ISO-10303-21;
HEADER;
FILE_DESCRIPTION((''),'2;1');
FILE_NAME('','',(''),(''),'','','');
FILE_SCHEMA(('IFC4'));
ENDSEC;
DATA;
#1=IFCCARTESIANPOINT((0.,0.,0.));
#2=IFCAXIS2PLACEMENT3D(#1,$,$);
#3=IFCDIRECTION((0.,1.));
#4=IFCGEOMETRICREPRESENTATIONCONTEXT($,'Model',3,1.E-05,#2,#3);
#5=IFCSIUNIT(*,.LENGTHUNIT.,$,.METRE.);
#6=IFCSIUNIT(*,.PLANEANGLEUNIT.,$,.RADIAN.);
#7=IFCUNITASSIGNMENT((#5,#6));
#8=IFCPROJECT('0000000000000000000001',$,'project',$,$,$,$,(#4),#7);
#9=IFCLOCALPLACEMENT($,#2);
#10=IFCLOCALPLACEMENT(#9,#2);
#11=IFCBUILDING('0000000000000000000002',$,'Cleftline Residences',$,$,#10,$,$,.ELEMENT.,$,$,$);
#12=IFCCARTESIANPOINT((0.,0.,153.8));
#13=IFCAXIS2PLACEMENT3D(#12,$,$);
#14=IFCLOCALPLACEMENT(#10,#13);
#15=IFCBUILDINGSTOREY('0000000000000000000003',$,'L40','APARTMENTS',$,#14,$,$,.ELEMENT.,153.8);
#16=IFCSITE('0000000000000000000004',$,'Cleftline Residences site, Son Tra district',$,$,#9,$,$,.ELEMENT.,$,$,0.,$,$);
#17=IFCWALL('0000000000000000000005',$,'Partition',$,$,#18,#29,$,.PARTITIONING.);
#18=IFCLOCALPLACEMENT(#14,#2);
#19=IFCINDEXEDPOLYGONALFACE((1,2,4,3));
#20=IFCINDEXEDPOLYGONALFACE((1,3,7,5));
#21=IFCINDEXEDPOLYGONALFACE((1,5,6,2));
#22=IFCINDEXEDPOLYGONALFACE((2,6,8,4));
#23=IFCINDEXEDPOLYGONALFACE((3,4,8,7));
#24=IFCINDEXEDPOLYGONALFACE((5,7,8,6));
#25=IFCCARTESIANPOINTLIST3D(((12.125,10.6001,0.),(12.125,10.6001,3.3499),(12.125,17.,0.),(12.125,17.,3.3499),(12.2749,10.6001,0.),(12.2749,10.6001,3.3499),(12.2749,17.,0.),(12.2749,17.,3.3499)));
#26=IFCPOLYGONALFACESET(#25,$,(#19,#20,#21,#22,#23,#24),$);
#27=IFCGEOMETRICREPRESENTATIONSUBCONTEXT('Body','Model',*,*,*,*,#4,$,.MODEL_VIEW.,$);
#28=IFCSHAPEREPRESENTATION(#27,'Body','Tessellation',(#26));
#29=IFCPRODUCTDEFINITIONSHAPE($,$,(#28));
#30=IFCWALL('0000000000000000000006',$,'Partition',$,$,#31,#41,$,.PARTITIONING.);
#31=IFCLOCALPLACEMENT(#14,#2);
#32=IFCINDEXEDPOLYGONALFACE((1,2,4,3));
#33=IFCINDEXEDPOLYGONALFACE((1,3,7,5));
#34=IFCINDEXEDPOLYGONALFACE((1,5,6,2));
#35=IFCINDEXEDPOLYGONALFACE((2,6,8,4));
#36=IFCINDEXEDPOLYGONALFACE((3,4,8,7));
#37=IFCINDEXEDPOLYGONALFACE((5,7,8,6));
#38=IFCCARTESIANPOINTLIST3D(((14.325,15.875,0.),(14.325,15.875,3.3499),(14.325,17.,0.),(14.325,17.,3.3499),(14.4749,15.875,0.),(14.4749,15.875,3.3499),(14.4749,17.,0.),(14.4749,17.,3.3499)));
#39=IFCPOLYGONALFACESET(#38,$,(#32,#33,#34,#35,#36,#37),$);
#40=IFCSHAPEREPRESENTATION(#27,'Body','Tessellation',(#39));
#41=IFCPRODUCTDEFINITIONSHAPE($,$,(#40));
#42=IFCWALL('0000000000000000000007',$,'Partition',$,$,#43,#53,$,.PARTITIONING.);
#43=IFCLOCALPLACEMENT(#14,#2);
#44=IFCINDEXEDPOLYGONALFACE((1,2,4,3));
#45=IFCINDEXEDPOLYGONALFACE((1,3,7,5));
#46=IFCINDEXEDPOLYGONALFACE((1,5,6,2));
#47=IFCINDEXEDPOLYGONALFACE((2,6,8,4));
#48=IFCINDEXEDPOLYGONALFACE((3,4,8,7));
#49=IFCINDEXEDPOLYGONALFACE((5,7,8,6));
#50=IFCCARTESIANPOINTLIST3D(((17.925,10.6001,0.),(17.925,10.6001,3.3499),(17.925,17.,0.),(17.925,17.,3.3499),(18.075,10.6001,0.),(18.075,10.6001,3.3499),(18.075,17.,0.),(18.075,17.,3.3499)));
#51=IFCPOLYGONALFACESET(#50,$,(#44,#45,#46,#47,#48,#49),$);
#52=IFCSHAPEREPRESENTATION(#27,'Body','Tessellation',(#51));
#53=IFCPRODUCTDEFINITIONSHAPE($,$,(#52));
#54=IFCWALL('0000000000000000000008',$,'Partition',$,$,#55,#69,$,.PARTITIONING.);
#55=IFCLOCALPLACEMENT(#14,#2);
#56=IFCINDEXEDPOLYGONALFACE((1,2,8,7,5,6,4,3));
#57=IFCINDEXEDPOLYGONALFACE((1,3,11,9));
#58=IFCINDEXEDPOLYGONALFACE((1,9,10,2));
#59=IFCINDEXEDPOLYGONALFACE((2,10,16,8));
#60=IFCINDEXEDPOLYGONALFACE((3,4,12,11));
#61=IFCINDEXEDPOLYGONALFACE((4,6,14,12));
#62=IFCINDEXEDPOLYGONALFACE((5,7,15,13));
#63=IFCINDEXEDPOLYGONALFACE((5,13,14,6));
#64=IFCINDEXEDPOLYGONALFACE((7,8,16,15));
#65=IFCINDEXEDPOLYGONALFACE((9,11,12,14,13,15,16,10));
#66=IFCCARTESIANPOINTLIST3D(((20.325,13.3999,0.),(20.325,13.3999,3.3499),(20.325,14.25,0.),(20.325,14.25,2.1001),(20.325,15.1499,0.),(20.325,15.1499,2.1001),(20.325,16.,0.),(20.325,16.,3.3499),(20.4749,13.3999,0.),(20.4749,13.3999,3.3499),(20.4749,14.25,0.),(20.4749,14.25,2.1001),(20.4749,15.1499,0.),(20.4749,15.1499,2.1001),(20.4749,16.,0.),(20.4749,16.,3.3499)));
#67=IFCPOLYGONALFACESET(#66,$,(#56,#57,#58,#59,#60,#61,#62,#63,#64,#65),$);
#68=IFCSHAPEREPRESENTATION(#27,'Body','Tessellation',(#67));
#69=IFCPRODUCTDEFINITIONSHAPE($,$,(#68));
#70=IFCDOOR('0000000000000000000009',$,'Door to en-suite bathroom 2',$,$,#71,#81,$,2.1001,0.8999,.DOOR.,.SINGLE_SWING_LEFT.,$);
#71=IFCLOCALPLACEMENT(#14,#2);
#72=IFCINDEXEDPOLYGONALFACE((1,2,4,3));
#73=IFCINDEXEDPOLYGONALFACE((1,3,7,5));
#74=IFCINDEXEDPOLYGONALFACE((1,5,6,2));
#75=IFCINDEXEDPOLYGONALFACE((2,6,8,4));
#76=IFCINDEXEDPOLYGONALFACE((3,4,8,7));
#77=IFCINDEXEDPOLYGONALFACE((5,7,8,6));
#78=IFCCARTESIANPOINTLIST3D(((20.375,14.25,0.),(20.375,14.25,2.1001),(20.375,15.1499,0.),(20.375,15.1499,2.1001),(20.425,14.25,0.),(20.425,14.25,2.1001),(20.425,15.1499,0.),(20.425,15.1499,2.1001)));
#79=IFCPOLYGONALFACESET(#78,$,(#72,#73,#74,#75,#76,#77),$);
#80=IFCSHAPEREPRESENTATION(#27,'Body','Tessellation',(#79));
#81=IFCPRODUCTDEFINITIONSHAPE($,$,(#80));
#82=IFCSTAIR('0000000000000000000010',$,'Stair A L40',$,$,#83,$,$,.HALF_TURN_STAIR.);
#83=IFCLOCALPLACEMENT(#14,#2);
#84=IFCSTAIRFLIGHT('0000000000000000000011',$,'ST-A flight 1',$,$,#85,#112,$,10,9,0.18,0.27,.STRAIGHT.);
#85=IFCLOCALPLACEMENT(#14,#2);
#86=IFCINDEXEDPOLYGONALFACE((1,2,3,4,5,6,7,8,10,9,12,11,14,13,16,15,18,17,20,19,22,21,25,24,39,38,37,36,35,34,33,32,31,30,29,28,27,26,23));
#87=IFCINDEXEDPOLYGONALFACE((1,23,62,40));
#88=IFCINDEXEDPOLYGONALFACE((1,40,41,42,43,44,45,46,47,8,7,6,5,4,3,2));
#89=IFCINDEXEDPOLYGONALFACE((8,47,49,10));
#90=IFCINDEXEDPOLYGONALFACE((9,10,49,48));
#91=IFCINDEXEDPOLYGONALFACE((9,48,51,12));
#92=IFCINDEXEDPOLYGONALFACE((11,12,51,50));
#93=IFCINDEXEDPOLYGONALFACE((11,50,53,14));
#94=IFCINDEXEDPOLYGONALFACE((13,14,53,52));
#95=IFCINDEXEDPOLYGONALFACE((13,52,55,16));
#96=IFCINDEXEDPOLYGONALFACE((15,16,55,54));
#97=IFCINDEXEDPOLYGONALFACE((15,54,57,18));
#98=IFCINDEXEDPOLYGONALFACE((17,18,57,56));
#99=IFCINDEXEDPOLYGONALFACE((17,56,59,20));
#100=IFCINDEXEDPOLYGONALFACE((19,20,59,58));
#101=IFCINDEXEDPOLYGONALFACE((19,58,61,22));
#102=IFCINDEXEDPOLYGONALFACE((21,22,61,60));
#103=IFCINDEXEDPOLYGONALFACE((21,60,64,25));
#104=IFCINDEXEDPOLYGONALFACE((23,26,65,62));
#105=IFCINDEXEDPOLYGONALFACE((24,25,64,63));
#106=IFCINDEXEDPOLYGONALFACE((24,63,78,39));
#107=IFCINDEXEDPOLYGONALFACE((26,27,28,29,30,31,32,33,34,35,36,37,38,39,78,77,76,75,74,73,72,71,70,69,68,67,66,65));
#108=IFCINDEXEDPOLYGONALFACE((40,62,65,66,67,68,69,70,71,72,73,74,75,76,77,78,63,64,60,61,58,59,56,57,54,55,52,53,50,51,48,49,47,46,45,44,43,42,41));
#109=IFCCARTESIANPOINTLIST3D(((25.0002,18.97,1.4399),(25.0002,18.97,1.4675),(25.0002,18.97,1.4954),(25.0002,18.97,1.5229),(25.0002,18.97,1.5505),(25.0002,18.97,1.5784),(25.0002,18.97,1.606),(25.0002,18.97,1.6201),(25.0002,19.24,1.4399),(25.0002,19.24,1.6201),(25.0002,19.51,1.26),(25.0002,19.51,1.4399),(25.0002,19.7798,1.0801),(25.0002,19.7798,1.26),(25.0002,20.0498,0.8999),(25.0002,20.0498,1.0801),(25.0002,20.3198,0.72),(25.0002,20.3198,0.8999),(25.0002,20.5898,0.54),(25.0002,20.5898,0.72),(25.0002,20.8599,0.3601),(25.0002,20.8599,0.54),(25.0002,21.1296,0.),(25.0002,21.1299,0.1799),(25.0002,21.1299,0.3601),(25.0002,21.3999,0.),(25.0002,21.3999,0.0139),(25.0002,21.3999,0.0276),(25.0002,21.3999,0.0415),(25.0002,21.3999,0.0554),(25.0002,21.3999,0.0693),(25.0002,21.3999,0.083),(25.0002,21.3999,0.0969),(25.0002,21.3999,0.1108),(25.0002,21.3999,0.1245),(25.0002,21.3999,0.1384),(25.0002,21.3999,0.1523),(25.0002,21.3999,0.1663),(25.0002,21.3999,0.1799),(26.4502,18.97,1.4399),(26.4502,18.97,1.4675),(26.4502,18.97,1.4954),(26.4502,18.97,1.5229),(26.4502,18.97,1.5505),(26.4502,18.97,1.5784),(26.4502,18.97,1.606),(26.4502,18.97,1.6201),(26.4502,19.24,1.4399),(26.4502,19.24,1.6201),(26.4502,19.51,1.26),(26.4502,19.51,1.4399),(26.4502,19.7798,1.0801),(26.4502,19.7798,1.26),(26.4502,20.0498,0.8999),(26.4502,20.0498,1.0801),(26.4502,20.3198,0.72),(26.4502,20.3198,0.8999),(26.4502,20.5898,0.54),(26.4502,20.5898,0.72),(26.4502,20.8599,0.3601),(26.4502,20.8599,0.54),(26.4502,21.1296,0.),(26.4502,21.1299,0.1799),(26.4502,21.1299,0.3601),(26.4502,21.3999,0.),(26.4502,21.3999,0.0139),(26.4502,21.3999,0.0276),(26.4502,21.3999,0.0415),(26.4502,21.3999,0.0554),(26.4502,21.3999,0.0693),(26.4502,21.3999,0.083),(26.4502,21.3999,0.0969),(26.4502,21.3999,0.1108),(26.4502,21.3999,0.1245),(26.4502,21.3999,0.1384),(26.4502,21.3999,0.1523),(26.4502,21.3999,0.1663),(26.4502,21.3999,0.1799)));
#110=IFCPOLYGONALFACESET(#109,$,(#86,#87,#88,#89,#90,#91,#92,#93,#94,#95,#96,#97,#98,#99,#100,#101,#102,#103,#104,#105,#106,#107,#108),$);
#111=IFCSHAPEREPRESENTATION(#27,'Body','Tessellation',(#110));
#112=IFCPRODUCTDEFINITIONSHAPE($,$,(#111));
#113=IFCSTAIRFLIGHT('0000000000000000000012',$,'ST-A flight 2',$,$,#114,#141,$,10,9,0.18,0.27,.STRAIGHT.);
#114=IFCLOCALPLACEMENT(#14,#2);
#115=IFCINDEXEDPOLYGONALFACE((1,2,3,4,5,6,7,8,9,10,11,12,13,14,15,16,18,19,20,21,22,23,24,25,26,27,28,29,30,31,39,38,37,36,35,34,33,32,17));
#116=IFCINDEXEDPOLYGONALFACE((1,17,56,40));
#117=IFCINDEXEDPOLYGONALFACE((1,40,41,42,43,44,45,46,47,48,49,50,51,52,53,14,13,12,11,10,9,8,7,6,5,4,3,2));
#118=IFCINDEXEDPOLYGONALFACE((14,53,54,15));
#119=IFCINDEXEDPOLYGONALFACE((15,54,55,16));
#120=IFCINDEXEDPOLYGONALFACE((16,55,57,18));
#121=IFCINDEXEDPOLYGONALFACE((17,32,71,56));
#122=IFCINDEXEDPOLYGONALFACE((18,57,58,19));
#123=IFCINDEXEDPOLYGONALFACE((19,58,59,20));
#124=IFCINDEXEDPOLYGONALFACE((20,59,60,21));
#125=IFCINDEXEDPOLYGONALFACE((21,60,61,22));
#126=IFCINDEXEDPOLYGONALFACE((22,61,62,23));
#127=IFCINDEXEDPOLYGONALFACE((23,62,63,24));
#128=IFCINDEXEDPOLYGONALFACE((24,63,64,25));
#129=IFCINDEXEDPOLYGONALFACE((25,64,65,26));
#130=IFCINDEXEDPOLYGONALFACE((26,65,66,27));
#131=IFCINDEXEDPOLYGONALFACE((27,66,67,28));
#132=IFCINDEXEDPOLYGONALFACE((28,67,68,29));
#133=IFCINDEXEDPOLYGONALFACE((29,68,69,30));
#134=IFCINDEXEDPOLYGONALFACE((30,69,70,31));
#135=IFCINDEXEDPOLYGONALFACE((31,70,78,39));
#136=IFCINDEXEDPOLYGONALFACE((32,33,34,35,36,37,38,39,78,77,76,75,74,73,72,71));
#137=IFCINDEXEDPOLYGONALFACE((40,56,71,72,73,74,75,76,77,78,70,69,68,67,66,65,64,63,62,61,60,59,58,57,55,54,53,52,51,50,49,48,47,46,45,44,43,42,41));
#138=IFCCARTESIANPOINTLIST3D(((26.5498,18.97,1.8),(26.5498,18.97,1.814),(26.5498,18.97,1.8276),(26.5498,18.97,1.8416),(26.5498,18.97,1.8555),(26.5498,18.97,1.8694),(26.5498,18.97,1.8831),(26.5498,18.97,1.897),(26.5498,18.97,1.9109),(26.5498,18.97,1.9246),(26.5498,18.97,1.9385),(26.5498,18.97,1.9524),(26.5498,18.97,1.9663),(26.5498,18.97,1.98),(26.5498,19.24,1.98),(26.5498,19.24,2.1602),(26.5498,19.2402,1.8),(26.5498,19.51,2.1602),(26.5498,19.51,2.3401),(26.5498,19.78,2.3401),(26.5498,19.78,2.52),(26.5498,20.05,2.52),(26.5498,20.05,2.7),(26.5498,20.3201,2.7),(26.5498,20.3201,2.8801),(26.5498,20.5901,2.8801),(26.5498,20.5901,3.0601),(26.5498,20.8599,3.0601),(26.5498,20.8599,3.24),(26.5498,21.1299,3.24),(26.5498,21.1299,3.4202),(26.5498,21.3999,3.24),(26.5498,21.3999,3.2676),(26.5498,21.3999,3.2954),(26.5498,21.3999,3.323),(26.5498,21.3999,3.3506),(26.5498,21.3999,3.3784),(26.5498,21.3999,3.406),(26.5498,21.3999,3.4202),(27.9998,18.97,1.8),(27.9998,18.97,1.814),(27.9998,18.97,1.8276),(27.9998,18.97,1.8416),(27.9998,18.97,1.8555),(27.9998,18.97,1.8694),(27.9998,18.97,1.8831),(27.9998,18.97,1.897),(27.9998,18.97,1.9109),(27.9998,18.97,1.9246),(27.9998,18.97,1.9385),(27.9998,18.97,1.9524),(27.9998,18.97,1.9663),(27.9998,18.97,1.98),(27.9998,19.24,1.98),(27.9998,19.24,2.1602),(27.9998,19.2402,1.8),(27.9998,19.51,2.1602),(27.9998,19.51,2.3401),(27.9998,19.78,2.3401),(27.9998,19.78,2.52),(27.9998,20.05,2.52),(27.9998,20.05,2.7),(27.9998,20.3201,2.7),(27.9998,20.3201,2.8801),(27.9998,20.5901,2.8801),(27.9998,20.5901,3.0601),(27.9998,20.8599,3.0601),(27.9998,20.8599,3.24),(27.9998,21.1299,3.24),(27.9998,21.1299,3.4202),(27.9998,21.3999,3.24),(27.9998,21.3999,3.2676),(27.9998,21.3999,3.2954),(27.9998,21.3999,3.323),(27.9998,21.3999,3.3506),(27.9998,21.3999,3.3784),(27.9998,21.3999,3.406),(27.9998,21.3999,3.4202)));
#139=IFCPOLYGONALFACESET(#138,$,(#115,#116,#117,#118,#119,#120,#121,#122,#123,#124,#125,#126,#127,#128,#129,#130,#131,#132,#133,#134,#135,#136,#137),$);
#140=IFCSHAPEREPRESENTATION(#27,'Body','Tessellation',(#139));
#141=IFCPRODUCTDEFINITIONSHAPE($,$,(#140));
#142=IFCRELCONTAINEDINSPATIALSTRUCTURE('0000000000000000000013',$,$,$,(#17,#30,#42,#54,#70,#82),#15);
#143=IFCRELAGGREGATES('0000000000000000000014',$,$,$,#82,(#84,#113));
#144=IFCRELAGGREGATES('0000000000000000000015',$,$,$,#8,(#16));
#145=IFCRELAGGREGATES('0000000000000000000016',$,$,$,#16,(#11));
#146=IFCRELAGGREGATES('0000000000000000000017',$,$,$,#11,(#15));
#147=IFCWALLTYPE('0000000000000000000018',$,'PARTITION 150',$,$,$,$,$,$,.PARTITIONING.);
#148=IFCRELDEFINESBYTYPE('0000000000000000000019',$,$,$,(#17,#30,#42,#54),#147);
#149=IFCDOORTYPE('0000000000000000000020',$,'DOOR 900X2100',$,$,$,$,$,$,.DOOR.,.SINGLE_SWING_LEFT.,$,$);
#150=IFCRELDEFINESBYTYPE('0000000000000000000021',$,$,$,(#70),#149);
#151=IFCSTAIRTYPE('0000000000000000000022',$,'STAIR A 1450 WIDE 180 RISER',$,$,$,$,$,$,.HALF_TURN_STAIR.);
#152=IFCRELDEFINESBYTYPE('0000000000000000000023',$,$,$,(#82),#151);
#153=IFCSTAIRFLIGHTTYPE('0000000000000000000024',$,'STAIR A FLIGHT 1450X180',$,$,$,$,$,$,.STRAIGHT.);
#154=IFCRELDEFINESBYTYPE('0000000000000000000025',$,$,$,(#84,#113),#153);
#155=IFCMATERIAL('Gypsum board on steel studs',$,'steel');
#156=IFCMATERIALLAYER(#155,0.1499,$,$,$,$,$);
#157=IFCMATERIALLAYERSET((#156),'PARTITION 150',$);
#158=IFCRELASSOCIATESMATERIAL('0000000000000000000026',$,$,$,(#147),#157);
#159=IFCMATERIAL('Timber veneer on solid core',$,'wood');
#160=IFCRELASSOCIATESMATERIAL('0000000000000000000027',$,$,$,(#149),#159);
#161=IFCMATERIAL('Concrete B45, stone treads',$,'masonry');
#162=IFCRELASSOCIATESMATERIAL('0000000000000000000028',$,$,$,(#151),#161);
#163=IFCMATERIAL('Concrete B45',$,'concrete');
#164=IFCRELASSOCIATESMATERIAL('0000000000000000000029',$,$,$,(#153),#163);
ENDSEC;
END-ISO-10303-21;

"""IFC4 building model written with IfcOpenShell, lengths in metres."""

from ifc_helpers import new_model, si_unit, direction, frame, frame_2d, origin, place, context, subcontext, project, spatial, polyline, rectangle, outline, extrude, material, layer, layer_set, type_object, element, fill, aggregate, save


model = new_model("IFC4")

# Units and contexts
model_context = context("Model", 3, precision=1e-05, world=origin(), true_north=direction((0.0, 1.0)))
body_context = subcontext(model_context, "Body", "Model", "MODEL_VIEW")
ifc_project = project(units=[si_unit("LENGTHUNIT", "METRE"), si_unit("PLANEANGLEUNIT", "RADIAN")], contexts=[model_context])

# Site, building, storey
site_placement = place(None, origin())
site = spatial("IfcSite", under=ifc_project, at=site_placement, Name="Cleftline Residences site, Son Tra district", CompositionType="ELEMENT", RefElevation=0.0)
building_placement = place(site_placement, origin())
building = spatial("IfcBuilding", under=site, at=building_placement, Name="Cleftline Residences", CompositionType="ELEMENT")
storey_placement = place(building_placement, frame((0.0, 0.0, 153.8)))
storey = spatial("IfcBuildingStorey", under=building, at=storey_placement, Name="L40", Description="APARTMENTS", CompositionType="ELEMENT", Elevation=153.8)

# Shared definitions
ifc_material_1 = material(Name="Gypsum board on steel studs", Category="steel")
ifc_layer_1 = layer(ifc_material_1, 0.1499)
ifc_layer_set_1 = layer_set([ifc_layer_1], Name="PARTITION 150")
wall_type_1 = type_object("IfcWallType", Name="PARTITION 150", PredefinedType="PARTITIONING", material=ifc_layer_set_1)

# Walls
wall_1_placement = place(storey_placement, frame((12.2, 10.6001, 0.0), z_axis=(0.0, 0.0, 1.0), x_axis=(0.0, 1.0, 0.0)))
element("IfcWall", 1, at=wall_1_placement, inside=storey, type_object=wall_type_1, Name="Partition", PredefinedType="PARTITIONING", context=body_context, shape_type="SweptSolid", body=[
    extrude(rectangle(XDim=6.3999, YDim=0.1499, at=frame_2d((3.2, 0.0))), origin(), (0.0, 0.0, 1.0), 3.3499),
])
wall_2_placement = place(storey_placement, frame((14.3999, 15.875, 0.0), z_axis=(0.0, 0.0, 1.0), x_axis=(0.0, 1.0, 0.0)))
element("IfcWall", 2, at=wall_2_placement, inside=storey, type_object=wall_type_1, Name="Partition", PredefinedType="PARTITIONING", context=body_context, shape_type="SweptSolid", body=[
    extrude(rectangle(XDim=1.125, YDim=0.1499, at=frame_2d((0.5625, 0.0))), origin(), (0.0, 0.0, 1.0), 3.3499),
])
wall_3_placement = place(storey_placement, frame((18.0, 10.6001, 0.0), z_axis=(0.0, 0.0, 1.0), x_axis=(0.0, 1.0, 0.0)))
element("IfcWall", 3, at=wall_3_placement, inside=storey, type_object=wall_type_1, Name="Partition", PredefinedType="PARTITIONING", context=body_context, shape_type="SweptSolid", body=[
    extrude(rectangle(XDim=6.3999, YDim=0.1499, at=frame_2d((3.2, 0.0))), origin(), (0.0, 0.0, 1.0), 3.3499),
])

# Wall, opening, door
wall_4_placement = place(storey_placement, frame((20.3999, 13.3999, 0.0), z_axis=(0.0, 0.0, 1.0), x_axis=(0.0, 1.0, 0.0)))
wall_4 = element("IfcWall", 4, at=wall_4_placement, inside=storey, type_object=wall_type_1, Name="Partition", PredefinedType="PARTITIONING", context=body_context, shape_type="SweptSolid", body=[
    extrude(rectangle(XDim=2.6001, YDim=0.1499, at=frame_2d((1.3, 0.0))), origin(), (0.0, 0.0, 1.0), 3.3499),
])
opening_1_placement = place(wall_4_placement, frame((0.8501, 0.0, 0.0)))
opening_1 = element("IfcOpeningElement", 5, at=opening_1_placement, cuts=wall_4, PredefinedType="OPENING", context=body_context, shape_type="SweptSolid", body=[
    extrude(rectangle(XDim=0.8999, YDim=2.1001, at=frame_2d((0.45, 1.05))), frame((0.0, 0.085, 0.0), z_axis=(0.0, -1.0, 0.0), x_axis=(1.0, 0.0, 0.0)), (0.0, 0.0, 1.0), 0.1699),
])
ifc_material_2 = material(Name="Timber veneer on solid core", Category="wood")
door_type_1 = type_object("IfcDoorType", Name="DOOR 900X2100", OperationType="SINGLE_SWING_LEFT", PredefinedType="DOOR", material=ifc_material_2)
door_1_placement = place(opening_1_placement, origin())
door_1 = element("IfcDoor", 6, at=door_1_placement, inside=storey, type_object=door_type_1, Name="Door to en-suite bathroom 2", OperationType="SINGLE_SWING_LEFT", OverallHeight=2.1001, OverallWidth=0.8999, PredefinedType="DOOR", context=body_context, shape_type="SweptSolid", body=[
    extrude(rectangle(XDim=0.8999, YDim=2.1001, at=frame_2d((0.45, 1.05))), frame((0.0, 0.0249, 0.0), z_axis=(0.0, -1.0, 0.0), x_axis=(1.0, 0.0, 0.0)), (0.0, 0.0, 1.0), 0.05),
])
fill(opening_1, door_1)

# Stair, stair flights
ifc_material_3 = material(Name="Concrete B45, stone treads", Category="masonry")
stair_type = type_object("IfcStairType", Name="STAIR A 1450 WIDE 180 RISER", PredefinedType="HALF_TURN_STAIR", material=ifc_material_3)
stair_placement = place(storey_placement, origin())
stair = element("IfcStair", 7, at=stair_placement, inside=storey, type_object=stair_type, Name="Stair A L40", PredefinedType="HALF_TURN_STAIR")
ifc_material_4 = material(Name="Concrete B45", Category="concrete")
stair_flight_type = type_object("IfcStairFlightType", Name="STAIR A FLIGHT 1450X180", PredefinedType="STRAIGHT", material=ifc_material_4)
stair_flight_1_placement = place(storey_placement, frame((25.7251, 21.3999, 0.0), z_axis=(0.0, 0.0, 1.0), x_axis=(0.0, -1.0, 0.0)))
stair_flight_1 = element("IfcStairFlight", 8, at=stair_flight_1_placement, type_object=stair_flight_type, Name="ST-A flight 1", NumberOfRisers=10, NumberOfTreads=9, PredefinedType="STRAIGHT", RiserHeight=0.18, TreadLength=0.27, context=body_context, shape_type="SweptSolid", body=[
    extrude(outline(polyline([(0.0, 0.0), (0.0, 0.0139), (0.0, 0.0276), (0.0, 0.0415), (0.0, 0.0554), (0.0, 0.0693), (0.0, 0.083), (0.0, 0.0969), (0.0, 0.1108), (0.0, 0.1245), (0.0, 0.1384), (0.0, 0.1523), (0.0, 0.1663), (0.0, 0.1799), (0.27, 0.1799), (0.27, 0.3601), (0.54, 0.3601), (0.54, 0.54), (0.8101, 0.54), (0.8101, 0.72), (1.0801, 0.72), (1.0801, 0.8999), (1.3501, 0.8999), (1.3501, 1.0801), (1.6201, 1.0801), (1.6201, 1.26), (1.8899, 1.26), (1.8899, 1.4399), (2.1599, 1.4399), (2.1599, 1.6201), (2.4299, 1.6201), (2.4299, 1.8), (2.4299, 1.7722), (2.4299, 1.7446), (2.4299, 1.7168), (2.4299, 1.6892), (2.4299, 1.6614), (2.4299, 1.6338), (2.4299, 1.606), (2.4299, 1.5784), (2.4299, 1.5505), (2.4299, 1.5229), (2.4299, 1.4954), (2.4299, 1.4675), (2.4299, 1.4399), (0.2703, 0.0), (0.0, 0.0)])), frame((0.0, 0.7251, 0.0), z_axis=(0.0, -1.0, 0.0), x_axis=(1.0, 0.0, 0.0)), (0.0, 0.0, 1.0), 1.45),
])
stair_flight_2_placement = place(storey_placement, frame((27.2749, 18.97, 1.8), z_axis=(0.0, 0.0, 1.0), x_axis=(0.0, 1.0, 0.0)))
stair_flight_2 = element("IfcStairFlight", 9, at=stair_flight_2_placement, type_object=stair_flight_type, Name="ST-A flight 2", NumberOfRisers=10, NumberOfTreads=9, PredefinedType="STRAIGHT", RiserHeight=0.18, TreadLength=0.27, context=body_context, shape_type="SweptSolid", body=[
    extrude(outline(polyline([(0.0, 0.0), (0.0, 0.0139), (0.0, 0.0276), (0.0, 0.0415), (0.0, 0.0554), (0.0, 0.0693), (0.0, 0.083), (0.0, 0.0969), (0.0, 0.1108), (0.0, 0.1245), (0.0, 0.1384), (0.0, 0.1523), (0.0, 0.1663), (0.0, 0.1799), (0.27, 0.1799), (0.27, 0.3601), (0.54, 0.3601), (0.54, 0.54), (0.8101, 0.54), (0.8101, 0.72), (1.0801, 0.72), (1.0801, 0.8999), (1.3501, 0.8999), (1.3501, 1.0801), (1.6201, 1.0801), (1.6201, 1.26), (1.8899, 1.26), (1.8899, 1.4399), (2.1599, 1.4399), (2.1599, 1.6201), (2.4299, 1.6201), (2.4299, 1.8), (2.4299, 1.7722), (2.4299, 1.7446), (2.4299, 1.7168), (2.4299, 1.6892), (2.4299, 1.6614), (2.4299, 1.6338), (2.4299, 1.606), (2.4299, 1.5784), (2.4299, 1.5505), (2.4299, 1.5229), (2.4299, 1.4954), (2.4299, 1.4675), (2.4299, 1.4399), (0.2703, 0.0), (0.0, 0.0)])), frame((0.0, 0.7251, 0.0), z_axis=(0.0, -1.0, 0.0), x_axis=(1.0, 0.0, 0.0)), (0.0, 0.0, 1.0), 1.45),
])
aggregate(stair, [stair_flight_1, stair_flight_2])

save(model, "model.ifc")
